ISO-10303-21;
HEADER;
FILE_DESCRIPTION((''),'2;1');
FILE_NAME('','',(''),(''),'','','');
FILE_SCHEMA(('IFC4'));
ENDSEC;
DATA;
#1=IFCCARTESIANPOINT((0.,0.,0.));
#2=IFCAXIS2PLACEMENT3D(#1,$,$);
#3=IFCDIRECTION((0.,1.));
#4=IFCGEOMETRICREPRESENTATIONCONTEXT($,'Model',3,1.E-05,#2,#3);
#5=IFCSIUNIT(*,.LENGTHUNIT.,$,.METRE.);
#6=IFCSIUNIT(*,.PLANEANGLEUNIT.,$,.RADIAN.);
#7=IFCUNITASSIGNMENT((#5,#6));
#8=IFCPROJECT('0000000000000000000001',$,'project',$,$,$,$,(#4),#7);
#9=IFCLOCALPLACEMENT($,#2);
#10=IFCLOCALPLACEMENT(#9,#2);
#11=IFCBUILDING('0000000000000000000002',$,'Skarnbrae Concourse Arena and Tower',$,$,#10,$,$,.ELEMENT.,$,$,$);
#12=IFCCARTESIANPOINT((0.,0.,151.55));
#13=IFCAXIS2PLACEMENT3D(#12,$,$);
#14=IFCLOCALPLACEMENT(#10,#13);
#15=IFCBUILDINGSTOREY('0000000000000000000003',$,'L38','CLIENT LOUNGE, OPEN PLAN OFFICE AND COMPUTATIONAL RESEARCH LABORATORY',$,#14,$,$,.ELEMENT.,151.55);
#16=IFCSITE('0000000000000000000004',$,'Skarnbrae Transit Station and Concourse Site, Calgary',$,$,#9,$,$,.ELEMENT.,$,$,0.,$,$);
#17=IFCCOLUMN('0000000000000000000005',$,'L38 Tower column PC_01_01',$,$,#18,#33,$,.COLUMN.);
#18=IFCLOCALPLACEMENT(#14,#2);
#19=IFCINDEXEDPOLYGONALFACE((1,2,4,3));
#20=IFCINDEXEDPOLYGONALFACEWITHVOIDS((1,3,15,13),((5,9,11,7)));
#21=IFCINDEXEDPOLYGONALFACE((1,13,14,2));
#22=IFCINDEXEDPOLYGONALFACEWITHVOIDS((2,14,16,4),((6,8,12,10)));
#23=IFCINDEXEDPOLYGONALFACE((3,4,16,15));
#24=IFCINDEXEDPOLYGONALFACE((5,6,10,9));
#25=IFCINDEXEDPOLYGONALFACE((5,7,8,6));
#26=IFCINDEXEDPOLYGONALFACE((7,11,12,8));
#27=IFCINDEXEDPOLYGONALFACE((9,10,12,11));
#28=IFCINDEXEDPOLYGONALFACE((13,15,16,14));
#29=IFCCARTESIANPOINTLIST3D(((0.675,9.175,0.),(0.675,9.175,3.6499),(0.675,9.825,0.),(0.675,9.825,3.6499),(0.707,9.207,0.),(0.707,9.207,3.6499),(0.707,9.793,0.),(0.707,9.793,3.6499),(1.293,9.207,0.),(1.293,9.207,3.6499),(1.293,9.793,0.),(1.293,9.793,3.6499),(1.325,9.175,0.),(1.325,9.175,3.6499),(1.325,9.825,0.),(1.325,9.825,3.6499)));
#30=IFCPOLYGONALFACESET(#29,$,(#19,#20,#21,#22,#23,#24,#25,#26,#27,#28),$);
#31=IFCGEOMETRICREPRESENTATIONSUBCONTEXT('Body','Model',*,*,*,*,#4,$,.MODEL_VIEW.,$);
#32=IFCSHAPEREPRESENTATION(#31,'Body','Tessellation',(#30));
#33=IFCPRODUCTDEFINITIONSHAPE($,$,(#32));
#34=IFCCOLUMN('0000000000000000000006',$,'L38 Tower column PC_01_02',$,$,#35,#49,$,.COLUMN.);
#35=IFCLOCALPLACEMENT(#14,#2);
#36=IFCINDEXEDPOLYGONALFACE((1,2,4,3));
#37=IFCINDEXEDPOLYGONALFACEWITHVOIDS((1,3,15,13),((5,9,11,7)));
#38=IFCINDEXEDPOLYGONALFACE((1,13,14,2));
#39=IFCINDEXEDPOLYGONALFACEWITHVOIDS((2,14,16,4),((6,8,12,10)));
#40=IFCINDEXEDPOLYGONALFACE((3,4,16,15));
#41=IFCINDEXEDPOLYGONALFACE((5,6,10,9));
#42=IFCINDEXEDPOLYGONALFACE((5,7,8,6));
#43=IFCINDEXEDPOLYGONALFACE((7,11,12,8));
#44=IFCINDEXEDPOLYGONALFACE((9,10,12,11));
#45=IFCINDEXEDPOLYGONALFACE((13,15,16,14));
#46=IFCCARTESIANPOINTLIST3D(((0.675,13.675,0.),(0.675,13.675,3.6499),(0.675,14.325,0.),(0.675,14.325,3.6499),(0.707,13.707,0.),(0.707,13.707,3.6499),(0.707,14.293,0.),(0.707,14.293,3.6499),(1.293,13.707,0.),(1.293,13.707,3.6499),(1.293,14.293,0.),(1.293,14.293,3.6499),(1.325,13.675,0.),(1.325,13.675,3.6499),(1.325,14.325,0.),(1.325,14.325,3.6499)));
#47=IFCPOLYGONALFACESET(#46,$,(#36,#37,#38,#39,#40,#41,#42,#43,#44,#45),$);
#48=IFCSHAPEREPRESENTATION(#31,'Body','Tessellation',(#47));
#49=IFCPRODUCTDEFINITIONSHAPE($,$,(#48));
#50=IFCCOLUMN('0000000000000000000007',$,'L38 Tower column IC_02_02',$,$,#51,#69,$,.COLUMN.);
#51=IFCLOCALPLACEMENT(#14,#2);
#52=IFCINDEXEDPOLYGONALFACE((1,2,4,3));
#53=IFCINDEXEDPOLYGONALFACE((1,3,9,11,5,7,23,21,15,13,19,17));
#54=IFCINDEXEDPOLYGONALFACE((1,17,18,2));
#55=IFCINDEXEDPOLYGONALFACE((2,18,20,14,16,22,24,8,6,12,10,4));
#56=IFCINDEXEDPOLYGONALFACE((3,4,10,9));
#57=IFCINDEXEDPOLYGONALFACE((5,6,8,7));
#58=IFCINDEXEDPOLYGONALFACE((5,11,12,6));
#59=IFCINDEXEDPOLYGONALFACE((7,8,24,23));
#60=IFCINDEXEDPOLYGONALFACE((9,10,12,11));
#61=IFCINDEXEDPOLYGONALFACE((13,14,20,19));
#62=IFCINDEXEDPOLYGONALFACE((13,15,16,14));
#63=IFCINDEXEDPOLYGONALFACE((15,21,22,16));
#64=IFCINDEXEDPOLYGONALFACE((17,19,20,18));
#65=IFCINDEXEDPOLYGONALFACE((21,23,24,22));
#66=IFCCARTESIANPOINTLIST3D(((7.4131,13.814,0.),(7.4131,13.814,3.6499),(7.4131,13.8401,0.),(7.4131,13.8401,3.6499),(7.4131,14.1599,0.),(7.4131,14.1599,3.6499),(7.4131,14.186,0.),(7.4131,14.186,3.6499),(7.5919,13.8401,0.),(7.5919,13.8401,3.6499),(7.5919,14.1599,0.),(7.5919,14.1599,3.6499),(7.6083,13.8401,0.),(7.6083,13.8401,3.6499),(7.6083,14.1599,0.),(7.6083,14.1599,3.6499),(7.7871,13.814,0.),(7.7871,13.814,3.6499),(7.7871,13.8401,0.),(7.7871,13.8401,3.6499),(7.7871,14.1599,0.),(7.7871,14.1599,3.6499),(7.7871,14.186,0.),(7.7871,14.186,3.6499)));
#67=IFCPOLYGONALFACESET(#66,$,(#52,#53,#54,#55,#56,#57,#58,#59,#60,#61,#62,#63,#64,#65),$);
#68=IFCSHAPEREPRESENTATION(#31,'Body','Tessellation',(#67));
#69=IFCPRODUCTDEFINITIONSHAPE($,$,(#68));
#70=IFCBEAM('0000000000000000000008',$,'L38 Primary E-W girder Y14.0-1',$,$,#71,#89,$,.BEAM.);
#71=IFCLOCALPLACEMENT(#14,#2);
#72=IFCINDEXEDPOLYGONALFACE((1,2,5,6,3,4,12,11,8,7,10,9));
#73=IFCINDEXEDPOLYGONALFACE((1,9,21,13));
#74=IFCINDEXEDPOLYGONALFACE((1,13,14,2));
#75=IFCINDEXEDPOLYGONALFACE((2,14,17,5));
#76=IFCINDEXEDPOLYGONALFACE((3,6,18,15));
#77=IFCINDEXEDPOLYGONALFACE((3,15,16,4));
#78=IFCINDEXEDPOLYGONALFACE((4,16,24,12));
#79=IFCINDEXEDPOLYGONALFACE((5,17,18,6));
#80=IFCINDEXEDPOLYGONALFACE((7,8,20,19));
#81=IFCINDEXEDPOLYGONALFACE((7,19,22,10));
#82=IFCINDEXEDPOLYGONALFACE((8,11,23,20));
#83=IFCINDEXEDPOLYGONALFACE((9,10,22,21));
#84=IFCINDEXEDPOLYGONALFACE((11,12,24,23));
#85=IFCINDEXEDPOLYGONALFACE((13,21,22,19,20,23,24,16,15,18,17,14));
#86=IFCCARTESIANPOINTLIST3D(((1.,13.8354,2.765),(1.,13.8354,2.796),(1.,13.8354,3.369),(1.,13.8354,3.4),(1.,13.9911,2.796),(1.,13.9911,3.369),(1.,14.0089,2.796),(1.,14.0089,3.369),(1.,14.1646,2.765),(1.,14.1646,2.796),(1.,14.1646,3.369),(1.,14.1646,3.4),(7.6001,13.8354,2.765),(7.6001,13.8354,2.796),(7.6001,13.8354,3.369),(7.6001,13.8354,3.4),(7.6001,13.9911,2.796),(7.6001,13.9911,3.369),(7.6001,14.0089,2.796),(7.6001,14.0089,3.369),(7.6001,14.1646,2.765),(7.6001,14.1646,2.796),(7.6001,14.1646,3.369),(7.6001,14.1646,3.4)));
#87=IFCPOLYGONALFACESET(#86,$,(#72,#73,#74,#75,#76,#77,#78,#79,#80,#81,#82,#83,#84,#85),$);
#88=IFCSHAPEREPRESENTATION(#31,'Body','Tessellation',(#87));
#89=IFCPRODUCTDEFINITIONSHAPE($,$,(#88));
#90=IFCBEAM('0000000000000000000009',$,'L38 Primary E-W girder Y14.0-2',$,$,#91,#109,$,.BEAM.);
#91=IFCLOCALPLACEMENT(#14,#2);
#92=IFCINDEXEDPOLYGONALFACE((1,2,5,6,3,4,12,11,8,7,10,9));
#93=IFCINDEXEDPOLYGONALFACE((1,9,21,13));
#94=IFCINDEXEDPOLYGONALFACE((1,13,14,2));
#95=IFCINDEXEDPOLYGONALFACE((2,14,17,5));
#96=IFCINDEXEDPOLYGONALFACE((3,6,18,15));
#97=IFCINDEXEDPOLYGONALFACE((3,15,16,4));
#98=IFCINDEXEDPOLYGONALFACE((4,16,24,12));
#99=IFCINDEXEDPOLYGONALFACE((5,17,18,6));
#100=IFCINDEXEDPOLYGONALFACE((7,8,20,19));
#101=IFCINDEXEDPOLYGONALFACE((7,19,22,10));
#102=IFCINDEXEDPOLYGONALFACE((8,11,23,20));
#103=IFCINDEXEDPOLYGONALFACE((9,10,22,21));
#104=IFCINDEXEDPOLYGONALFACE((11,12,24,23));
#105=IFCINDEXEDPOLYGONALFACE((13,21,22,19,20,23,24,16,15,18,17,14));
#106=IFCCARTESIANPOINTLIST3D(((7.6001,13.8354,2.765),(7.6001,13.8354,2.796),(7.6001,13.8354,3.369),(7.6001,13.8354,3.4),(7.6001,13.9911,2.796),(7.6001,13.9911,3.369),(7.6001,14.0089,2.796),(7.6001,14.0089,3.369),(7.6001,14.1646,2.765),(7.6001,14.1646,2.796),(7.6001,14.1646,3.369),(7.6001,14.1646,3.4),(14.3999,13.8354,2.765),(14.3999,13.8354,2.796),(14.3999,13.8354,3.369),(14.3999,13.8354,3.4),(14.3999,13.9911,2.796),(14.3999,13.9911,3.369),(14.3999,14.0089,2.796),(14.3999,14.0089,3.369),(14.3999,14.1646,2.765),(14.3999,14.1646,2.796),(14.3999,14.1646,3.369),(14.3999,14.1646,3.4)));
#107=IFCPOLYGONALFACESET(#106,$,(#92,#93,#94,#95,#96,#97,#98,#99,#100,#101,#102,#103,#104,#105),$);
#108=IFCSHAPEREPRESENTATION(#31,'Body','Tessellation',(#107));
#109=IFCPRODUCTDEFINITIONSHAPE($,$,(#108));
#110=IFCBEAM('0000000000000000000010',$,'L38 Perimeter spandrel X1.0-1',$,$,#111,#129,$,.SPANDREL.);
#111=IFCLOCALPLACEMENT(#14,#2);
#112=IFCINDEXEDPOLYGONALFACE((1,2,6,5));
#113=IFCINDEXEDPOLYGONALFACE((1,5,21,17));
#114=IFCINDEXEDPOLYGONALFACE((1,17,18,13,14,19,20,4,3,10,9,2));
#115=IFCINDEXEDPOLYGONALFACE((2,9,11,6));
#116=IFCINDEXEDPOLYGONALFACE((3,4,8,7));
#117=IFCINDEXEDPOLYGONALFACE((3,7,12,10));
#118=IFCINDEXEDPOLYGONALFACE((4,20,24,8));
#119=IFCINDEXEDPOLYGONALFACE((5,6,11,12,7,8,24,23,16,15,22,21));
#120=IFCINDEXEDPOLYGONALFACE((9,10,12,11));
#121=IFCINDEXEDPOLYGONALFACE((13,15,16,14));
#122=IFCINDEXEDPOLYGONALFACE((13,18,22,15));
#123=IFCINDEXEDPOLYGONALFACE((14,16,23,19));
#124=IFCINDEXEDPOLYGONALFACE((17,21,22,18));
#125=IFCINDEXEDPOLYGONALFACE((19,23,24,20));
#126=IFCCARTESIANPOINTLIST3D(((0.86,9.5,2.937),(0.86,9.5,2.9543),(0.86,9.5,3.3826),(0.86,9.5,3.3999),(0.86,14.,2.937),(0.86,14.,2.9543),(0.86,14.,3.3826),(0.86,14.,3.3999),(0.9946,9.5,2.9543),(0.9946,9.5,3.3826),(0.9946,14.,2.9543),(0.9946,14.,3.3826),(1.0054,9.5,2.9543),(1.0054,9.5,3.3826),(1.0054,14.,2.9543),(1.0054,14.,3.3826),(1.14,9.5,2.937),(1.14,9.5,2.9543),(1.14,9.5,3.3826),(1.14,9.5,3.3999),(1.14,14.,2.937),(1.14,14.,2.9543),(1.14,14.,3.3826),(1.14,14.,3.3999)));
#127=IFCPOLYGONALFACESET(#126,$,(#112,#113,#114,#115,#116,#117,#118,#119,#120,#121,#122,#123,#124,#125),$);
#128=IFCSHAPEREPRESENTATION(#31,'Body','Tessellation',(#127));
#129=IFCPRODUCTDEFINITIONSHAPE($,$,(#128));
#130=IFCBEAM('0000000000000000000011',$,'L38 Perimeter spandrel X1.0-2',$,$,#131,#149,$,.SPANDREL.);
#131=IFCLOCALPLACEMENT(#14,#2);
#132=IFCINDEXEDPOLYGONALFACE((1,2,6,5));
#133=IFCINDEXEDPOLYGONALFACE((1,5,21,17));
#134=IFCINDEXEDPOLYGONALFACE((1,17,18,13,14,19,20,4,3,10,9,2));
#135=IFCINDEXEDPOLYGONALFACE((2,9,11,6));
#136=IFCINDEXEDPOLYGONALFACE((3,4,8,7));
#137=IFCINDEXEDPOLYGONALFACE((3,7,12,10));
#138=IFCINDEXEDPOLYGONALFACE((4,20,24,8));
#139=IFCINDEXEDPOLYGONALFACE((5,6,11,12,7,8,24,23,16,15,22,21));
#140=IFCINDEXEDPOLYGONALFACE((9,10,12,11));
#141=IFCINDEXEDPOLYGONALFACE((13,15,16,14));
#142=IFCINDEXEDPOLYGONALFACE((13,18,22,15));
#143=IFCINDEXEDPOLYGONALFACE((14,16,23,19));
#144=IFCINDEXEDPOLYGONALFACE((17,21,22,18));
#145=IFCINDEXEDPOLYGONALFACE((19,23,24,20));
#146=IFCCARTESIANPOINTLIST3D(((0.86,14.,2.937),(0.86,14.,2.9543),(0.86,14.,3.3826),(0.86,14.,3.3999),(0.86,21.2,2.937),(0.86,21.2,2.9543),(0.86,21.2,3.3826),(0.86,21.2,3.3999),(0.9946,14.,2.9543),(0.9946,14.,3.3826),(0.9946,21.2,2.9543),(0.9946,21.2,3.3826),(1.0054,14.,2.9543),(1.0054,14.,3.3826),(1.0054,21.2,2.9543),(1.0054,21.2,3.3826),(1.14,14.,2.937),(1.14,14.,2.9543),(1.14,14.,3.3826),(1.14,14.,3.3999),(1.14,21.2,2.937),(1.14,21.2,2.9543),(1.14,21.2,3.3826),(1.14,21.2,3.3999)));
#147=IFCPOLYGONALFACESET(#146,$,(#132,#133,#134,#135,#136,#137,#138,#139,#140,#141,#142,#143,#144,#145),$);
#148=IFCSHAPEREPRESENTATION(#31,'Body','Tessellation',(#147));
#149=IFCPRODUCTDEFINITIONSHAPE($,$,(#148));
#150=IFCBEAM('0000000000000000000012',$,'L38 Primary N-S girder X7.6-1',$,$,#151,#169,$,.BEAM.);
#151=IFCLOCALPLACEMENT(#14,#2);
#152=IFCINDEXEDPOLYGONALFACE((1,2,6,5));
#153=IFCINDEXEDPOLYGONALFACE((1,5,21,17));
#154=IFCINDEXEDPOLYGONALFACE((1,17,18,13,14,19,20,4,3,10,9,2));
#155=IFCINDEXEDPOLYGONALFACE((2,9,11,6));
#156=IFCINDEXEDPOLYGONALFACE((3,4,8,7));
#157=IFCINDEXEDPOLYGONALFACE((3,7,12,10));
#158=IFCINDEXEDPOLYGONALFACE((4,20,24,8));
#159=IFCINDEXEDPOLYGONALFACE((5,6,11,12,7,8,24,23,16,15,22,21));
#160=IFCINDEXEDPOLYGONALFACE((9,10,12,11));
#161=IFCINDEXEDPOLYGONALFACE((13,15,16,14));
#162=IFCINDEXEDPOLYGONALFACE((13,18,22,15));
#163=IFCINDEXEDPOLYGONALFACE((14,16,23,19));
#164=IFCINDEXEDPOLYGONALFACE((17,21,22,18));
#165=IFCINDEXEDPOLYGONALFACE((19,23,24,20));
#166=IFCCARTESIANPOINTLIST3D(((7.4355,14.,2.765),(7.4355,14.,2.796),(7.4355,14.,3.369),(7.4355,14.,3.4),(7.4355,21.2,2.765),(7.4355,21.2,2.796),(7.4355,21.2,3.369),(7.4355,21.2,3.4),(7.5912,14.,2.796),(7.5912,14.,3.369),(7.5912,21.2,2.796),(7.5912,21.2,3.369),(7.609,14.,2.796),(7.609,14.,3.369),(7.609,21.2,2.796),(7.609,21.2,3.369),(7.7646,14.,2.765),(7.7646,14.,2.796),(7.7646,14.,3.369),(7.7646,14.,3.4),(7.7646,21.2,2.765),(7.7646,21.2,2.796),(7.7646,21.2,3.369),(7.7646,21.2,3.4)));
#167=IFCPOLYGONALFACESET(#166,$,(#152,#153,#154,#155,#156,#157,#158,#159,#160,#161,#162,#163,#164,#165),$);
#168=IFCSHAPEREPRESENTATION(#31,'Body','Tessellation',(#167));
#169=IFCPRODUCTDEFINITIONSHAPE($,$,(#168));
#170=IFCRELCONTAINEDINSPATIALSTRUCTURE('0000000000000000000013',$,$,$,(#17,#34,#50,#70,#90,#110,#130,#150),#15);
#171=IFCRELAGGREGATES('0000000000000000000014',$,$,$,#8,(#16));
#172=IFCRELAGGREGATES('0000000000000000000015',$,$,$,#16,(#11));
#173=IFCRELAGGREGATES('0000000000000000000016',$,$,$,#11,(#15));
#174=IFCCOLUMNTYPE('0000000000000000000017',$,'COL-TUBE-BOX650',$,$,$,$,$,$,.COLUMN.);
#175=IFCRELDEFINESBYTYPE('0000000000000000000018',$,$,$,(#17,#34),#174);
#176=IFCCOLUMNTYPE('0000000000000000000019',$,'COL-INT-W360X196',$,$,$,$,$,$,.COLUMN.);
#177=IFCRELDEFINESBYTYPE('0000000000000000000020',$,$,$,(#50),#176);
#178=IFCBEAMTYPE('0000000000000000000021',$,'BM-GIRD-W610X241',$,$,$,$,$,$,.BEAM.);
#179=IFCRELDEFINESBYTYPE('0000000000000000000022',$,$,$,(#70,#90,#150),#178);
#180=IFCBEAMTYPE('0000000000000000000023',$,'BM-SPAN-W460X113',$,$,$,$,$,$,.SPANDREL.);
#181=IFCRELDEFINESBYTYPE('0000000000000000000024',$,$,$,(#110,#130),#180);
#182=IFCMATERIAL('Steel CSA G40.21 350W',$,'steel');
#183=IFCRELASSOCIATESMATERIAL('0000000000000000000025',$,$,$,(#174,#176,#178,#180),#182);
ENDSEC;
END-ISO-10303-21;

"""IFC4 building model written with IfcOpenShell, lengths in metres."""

from ifc_helpers import new_model, si_unit, direction, frame, origin, origin_2d, place, context, subcontext, project, spatial, hollow_rectangle, i_section, extrude, source, transform, mapped, material, material_profile, profile_set, type_object, element, save


model = new_model("IFC4")

# Units and contexts
model_context = context("Model", 3, precision=1e-05, world=origin(), true_north=direction((0.0, 1.0)))
body_context = subcontext(model_context, "Body", "Model", "MODEL_VIEW")
ifc_project = project(units=[si_unit("LENGTHUNIT", "METRE"), si_unit("PLANEANGLEUNIT", "RADIAN")], contexts=[model_context])

# Site, building, storey
site_placement = place(None, origin())
site = spatial("IfcSite", under=ifc_project, at=site_placement, Name="Skarnbrae Transit Station and Concourse Site, Calgary", CompositionType="ELEMENT", RefElevation=0.0)
building_placement = place(site_placement, origin())
building = spatial("IfcBuilding", under=site, at=building_placement, Name="Skarnbrae Concourse Arena and Tower", CompositionType="ELEMENT")
storey_placement = place(building_placement, frame((0.0, 0.0, 151.55)))
storey = spatial("IfcBuildingStorey", under=building, at=storey_placement, Name="L38", Description="CLIENT LOUNGE, OPEN PLAN OFFICE AND COMPUTATIONAL RESEARCH LABORATORY", CompositionType="ELEMENT", Elevation=151.55)

# Columns
ifc_material_1 = material(Name="Steel CSA G40.21 350W", Category="steel")
ifc_material_profile_1 = material_profile(ifc_material_1, hollow_rectangle(XDim=0.6499, YDim=0.6499, WallThickness=0.032, at=origin_2d()), Name="BOX650X650X32")
ifc_profile_set_1 = profile_set([ifc_material_profile_1], Name="Steel CSA G40.21 350W")
column_type_1 = type_object("IfcColumnType", Name="COL-TUBE-BOX650", PredefinedType="COLUMN", material=ifc_profile_set_1)
shared_shape_1 = source(origin(), body_context, "Body", "SweptSolid", [
    extrude(hollow_rectangle(XDim=0.6499, YDim=0.6499, WallThickness=0.032, at=origin_2d()), origin(), (0.0, 0.0, 1.0), 3.6499),
])
for number, where, z_axis, x_axis, name in (
    (1, (1.0, 9.5, 0.0), (0.0, 0.0, 1.0), (1.0, 0.0, 0.0), "L38 Tower column PC_01_01"),
    (2, (1.0, 14.0, 0.0), (0.0, 0.0, 1.0), (1.0, 0.0, 0.0), "L38 Tower column PC_01_02"),
):
    element("IfcColumn", number, at=place(storey_placement, frame(where, z_axis=z_axis, x_axis=x_axis)), inside=storey, type_object=column_type_1, Name=name, PredefinedType="COLUMN", context=body_context, shape_type="MappedRepresentation", body=[
        mapped(shared_shape_1, transform((0.0, 0.0, 0.0))),
    ])
ifc_material_profile_2 = material_profile(ifc_material_1, i_section(OverallWidth=0.374, OverallDepth=0.3721, WebThickness=0.0164, FlangeThickness=0.0261, at=origin_2d()), Name="W360X196")
ifc_profile_set_2 = profile_set([ifc_material_profile_2], Name="Steel CSA G40.21 350W")
column_type_2 = type_object("IfcColumnType", Name="COL-INT-W360X196", PredefinedType="COLUMN", material=ifc_profile_set_2)
shared_shape_2 = source(origin(), body_context, "Body", "SweptSolid", [
    extrude(i_section(OverallWidth=0.374, OverallDepth=0.3721, WebThickness=0.0164, FlangeThickness=0.0261, at=origin_2d()), origin(), (0.0, 0.0, 1.0), 3.6499),
])
column_placement = place(storey_placement, frame((7.6001, 14.0, 0.0), z_axis=(0.0, 0.0, 1.0), x_axis=(1.0, 0.0, 0.0)))
element("IfcColumn", 3, at=column_placement, inside=storey, type_object=column_type_2, Name="L38 Tower column IC_02_02", PredefinedType="COLUMN", context=body_context, shape_type="MappedRepresentation", body=[
    mapped(shared_shape_2, transform((0.0, 0.0, 0.0))),
])

# Beams
ifc_material_profile_3 = material_profile(ifc_material_1, i_section(OverallWidth=0.3291, OverallDepth=0.635, WebThickness=0.0178, FlangeThickness=0.031, at=origin_2d()), Name="W610X241")
ifc_profile_set_3 = profile_set([ifc_material_profile_3], Name="Steel CSA G40.21 350W")
beam_type_1 = type_object("IfcBeamType", Name="BM-GIRD-W610X241", PredefinedType="BEAM", material=ifc_profile_set_3)
shared_shape_3 = source(origin(), body_context, "Body", "SweptSolid", [
    extrude(i_section(OverallWidth=0.3291, OverallDepth=0.635, WebThickness=0.0178, FlangeThickness=0.031, at=origin_2d()), origin(), (0.0, 0.0, 1.0), 6.6001),
])
beam_1_placement = place(storey_placement, frame((1.0, 14.0, 3.0825), z_axis=(1.0, 0.0, 0.0), x_axis=(0.0, 1.0, 0.0)))
element("IfcBeam", 4, at=beam_1_placement, inside=storey, type_object=beam_type_1, Name="L38 Primary E-W girder Y14.0-1", PredefinedType="BEAM", context=body_context, shape_type="MappedRepresentation", body=[
    mapped(shared_shape_3, transform((0.0, 0.0, 0.0))),
])
shared_shape_4 = source(origin(), body_context, "Body", "SweptSolid", [
    extrude(i_section(OverallWidth=0.3291, OverallDepth=0.635, WebThickness=0.0178, FlangeThickness=0.031, at=origin_2d()), origin(), (0.0, 0.0, 1.0), 6.7998),
])
beam_2_placement = place(storey_placement, frame((7.6001, 14.0, 3.0825), z_axis=(1.0, 0.0, 0.0), x_axis=(0.0, 1.0, 0.0)))
element("IfcBeam", 5, at=beam_2_placement, inside=storey, type_object=beam_type_1, Name="L38 Primary E-W girder Y14.0-2", PredefinedType="BEAM", context=body_context, shape_type="MappedRepresentation", body=[
    mapped(shared_shape_4, transform((0.0, 0.0, 0.0))),
])
ifc_material_profile_4 = material_profile(ifc_material_1, i_section(OverallWidth=0.28, OverallDepth=0.4629, WebThickness=0.0107, FlangeThickness=0.0173, at=origin_2d()), Name="W460X113")
ifc_profile_set_4 = profile_set([ifc_material_profile_4], Name="Steel CSA G40.21 350W")
beam_type_2 = type_object("IfcBeamType", Name="BM-SPAN-W460X113", PredefinedType="SPANDREL", material=ifc_profile_set_4)
shared_shape_5 = source(origin(), body_context, "Body", "SweptSolid", [
    extrude(i_section(OverallWidth=0.28, OverallDepth=0.4629, WebThickness=0.0107, FlangeThickness=0.0173, at=origin_2d()), origin(), (0.0, 0.0, 1.0), 4.5),
])
beam_3_placement = place(storey_placement, frame((1.0, 9.5, 3.1685), z_axis=(0.0, 1.0, 0.0), x_axis=(-1.0, 0.0, 0.0)))
element("IfcBeam", 6, at=beam_3_placement, inside=storey, type_object=beam_type_2, Name="L38 Perimeter spandrel X1.0-1", PredefinedType="SPANDREL", context=body_context, shape_type="MappedRepresentation", body=[
    mapped(shared_shape_5, transform((0.0, 0.0, 0.0))),
])
shared_shape_6 = source(origin(), body_context, "Body", "SweptSolid", [
    extrude(i_section(OverallWidth=0.28, OverallDepth=0.4629, WebThickness=0.0107, FlangeThickness=0.0173, at=origin_2d()), origin(), (0.0, 0.0, 1.0), 7.2),
])
beam_4_placement = place(storey_placement, frame((1.0, 14.0, 3.1685), z_axis=(0.0, 1.0, 0.0), x_axis=(-1.0, 0.0, 0.0)))
element("IfcBeam", 7, at=beam_4_placement, inside=storey, type_object=beam_type_2, Name="L38 Perimeter spandrel X1.0-2", PredefinedType="SPANDREL", context=body_context, shape_type="MappedRepresentation", body=[
    mapped(shared_shape_6, transform((0.0, 0.0, 0.0))),
])
shared_shape_7 = source(origin(), body_context, "Body", "SweptSolid", [
    extrude(i_section(OverallWidth=0.3291, OverallDepth=0.635, WebThickness=0.0178, FlangeThickness=0.031, at=origin_2d()), origin(), (0.0, 0.0, 1.0), 7.2),
])
beam_5_placement = place(storey_placement, frame((7.6001, 14.0, 3.0825), z_axis=(0.0, 1.0, 0.0), x_axis=(-1.0, 0.0, 0.0)))
element("IfcBeam", 8, at=beam_5_placement, inside=storey, type_object=beam_type_1, Name="L38 Primary N-S girder X7.6-1", PredefinedType="BEAM", context=body_context, shape_type="MappedRepresentation", body=[
    mapped(shared_shape_7, transform((0.0, 0.0, 0.0))),
])

save(model, "model.ifc")
